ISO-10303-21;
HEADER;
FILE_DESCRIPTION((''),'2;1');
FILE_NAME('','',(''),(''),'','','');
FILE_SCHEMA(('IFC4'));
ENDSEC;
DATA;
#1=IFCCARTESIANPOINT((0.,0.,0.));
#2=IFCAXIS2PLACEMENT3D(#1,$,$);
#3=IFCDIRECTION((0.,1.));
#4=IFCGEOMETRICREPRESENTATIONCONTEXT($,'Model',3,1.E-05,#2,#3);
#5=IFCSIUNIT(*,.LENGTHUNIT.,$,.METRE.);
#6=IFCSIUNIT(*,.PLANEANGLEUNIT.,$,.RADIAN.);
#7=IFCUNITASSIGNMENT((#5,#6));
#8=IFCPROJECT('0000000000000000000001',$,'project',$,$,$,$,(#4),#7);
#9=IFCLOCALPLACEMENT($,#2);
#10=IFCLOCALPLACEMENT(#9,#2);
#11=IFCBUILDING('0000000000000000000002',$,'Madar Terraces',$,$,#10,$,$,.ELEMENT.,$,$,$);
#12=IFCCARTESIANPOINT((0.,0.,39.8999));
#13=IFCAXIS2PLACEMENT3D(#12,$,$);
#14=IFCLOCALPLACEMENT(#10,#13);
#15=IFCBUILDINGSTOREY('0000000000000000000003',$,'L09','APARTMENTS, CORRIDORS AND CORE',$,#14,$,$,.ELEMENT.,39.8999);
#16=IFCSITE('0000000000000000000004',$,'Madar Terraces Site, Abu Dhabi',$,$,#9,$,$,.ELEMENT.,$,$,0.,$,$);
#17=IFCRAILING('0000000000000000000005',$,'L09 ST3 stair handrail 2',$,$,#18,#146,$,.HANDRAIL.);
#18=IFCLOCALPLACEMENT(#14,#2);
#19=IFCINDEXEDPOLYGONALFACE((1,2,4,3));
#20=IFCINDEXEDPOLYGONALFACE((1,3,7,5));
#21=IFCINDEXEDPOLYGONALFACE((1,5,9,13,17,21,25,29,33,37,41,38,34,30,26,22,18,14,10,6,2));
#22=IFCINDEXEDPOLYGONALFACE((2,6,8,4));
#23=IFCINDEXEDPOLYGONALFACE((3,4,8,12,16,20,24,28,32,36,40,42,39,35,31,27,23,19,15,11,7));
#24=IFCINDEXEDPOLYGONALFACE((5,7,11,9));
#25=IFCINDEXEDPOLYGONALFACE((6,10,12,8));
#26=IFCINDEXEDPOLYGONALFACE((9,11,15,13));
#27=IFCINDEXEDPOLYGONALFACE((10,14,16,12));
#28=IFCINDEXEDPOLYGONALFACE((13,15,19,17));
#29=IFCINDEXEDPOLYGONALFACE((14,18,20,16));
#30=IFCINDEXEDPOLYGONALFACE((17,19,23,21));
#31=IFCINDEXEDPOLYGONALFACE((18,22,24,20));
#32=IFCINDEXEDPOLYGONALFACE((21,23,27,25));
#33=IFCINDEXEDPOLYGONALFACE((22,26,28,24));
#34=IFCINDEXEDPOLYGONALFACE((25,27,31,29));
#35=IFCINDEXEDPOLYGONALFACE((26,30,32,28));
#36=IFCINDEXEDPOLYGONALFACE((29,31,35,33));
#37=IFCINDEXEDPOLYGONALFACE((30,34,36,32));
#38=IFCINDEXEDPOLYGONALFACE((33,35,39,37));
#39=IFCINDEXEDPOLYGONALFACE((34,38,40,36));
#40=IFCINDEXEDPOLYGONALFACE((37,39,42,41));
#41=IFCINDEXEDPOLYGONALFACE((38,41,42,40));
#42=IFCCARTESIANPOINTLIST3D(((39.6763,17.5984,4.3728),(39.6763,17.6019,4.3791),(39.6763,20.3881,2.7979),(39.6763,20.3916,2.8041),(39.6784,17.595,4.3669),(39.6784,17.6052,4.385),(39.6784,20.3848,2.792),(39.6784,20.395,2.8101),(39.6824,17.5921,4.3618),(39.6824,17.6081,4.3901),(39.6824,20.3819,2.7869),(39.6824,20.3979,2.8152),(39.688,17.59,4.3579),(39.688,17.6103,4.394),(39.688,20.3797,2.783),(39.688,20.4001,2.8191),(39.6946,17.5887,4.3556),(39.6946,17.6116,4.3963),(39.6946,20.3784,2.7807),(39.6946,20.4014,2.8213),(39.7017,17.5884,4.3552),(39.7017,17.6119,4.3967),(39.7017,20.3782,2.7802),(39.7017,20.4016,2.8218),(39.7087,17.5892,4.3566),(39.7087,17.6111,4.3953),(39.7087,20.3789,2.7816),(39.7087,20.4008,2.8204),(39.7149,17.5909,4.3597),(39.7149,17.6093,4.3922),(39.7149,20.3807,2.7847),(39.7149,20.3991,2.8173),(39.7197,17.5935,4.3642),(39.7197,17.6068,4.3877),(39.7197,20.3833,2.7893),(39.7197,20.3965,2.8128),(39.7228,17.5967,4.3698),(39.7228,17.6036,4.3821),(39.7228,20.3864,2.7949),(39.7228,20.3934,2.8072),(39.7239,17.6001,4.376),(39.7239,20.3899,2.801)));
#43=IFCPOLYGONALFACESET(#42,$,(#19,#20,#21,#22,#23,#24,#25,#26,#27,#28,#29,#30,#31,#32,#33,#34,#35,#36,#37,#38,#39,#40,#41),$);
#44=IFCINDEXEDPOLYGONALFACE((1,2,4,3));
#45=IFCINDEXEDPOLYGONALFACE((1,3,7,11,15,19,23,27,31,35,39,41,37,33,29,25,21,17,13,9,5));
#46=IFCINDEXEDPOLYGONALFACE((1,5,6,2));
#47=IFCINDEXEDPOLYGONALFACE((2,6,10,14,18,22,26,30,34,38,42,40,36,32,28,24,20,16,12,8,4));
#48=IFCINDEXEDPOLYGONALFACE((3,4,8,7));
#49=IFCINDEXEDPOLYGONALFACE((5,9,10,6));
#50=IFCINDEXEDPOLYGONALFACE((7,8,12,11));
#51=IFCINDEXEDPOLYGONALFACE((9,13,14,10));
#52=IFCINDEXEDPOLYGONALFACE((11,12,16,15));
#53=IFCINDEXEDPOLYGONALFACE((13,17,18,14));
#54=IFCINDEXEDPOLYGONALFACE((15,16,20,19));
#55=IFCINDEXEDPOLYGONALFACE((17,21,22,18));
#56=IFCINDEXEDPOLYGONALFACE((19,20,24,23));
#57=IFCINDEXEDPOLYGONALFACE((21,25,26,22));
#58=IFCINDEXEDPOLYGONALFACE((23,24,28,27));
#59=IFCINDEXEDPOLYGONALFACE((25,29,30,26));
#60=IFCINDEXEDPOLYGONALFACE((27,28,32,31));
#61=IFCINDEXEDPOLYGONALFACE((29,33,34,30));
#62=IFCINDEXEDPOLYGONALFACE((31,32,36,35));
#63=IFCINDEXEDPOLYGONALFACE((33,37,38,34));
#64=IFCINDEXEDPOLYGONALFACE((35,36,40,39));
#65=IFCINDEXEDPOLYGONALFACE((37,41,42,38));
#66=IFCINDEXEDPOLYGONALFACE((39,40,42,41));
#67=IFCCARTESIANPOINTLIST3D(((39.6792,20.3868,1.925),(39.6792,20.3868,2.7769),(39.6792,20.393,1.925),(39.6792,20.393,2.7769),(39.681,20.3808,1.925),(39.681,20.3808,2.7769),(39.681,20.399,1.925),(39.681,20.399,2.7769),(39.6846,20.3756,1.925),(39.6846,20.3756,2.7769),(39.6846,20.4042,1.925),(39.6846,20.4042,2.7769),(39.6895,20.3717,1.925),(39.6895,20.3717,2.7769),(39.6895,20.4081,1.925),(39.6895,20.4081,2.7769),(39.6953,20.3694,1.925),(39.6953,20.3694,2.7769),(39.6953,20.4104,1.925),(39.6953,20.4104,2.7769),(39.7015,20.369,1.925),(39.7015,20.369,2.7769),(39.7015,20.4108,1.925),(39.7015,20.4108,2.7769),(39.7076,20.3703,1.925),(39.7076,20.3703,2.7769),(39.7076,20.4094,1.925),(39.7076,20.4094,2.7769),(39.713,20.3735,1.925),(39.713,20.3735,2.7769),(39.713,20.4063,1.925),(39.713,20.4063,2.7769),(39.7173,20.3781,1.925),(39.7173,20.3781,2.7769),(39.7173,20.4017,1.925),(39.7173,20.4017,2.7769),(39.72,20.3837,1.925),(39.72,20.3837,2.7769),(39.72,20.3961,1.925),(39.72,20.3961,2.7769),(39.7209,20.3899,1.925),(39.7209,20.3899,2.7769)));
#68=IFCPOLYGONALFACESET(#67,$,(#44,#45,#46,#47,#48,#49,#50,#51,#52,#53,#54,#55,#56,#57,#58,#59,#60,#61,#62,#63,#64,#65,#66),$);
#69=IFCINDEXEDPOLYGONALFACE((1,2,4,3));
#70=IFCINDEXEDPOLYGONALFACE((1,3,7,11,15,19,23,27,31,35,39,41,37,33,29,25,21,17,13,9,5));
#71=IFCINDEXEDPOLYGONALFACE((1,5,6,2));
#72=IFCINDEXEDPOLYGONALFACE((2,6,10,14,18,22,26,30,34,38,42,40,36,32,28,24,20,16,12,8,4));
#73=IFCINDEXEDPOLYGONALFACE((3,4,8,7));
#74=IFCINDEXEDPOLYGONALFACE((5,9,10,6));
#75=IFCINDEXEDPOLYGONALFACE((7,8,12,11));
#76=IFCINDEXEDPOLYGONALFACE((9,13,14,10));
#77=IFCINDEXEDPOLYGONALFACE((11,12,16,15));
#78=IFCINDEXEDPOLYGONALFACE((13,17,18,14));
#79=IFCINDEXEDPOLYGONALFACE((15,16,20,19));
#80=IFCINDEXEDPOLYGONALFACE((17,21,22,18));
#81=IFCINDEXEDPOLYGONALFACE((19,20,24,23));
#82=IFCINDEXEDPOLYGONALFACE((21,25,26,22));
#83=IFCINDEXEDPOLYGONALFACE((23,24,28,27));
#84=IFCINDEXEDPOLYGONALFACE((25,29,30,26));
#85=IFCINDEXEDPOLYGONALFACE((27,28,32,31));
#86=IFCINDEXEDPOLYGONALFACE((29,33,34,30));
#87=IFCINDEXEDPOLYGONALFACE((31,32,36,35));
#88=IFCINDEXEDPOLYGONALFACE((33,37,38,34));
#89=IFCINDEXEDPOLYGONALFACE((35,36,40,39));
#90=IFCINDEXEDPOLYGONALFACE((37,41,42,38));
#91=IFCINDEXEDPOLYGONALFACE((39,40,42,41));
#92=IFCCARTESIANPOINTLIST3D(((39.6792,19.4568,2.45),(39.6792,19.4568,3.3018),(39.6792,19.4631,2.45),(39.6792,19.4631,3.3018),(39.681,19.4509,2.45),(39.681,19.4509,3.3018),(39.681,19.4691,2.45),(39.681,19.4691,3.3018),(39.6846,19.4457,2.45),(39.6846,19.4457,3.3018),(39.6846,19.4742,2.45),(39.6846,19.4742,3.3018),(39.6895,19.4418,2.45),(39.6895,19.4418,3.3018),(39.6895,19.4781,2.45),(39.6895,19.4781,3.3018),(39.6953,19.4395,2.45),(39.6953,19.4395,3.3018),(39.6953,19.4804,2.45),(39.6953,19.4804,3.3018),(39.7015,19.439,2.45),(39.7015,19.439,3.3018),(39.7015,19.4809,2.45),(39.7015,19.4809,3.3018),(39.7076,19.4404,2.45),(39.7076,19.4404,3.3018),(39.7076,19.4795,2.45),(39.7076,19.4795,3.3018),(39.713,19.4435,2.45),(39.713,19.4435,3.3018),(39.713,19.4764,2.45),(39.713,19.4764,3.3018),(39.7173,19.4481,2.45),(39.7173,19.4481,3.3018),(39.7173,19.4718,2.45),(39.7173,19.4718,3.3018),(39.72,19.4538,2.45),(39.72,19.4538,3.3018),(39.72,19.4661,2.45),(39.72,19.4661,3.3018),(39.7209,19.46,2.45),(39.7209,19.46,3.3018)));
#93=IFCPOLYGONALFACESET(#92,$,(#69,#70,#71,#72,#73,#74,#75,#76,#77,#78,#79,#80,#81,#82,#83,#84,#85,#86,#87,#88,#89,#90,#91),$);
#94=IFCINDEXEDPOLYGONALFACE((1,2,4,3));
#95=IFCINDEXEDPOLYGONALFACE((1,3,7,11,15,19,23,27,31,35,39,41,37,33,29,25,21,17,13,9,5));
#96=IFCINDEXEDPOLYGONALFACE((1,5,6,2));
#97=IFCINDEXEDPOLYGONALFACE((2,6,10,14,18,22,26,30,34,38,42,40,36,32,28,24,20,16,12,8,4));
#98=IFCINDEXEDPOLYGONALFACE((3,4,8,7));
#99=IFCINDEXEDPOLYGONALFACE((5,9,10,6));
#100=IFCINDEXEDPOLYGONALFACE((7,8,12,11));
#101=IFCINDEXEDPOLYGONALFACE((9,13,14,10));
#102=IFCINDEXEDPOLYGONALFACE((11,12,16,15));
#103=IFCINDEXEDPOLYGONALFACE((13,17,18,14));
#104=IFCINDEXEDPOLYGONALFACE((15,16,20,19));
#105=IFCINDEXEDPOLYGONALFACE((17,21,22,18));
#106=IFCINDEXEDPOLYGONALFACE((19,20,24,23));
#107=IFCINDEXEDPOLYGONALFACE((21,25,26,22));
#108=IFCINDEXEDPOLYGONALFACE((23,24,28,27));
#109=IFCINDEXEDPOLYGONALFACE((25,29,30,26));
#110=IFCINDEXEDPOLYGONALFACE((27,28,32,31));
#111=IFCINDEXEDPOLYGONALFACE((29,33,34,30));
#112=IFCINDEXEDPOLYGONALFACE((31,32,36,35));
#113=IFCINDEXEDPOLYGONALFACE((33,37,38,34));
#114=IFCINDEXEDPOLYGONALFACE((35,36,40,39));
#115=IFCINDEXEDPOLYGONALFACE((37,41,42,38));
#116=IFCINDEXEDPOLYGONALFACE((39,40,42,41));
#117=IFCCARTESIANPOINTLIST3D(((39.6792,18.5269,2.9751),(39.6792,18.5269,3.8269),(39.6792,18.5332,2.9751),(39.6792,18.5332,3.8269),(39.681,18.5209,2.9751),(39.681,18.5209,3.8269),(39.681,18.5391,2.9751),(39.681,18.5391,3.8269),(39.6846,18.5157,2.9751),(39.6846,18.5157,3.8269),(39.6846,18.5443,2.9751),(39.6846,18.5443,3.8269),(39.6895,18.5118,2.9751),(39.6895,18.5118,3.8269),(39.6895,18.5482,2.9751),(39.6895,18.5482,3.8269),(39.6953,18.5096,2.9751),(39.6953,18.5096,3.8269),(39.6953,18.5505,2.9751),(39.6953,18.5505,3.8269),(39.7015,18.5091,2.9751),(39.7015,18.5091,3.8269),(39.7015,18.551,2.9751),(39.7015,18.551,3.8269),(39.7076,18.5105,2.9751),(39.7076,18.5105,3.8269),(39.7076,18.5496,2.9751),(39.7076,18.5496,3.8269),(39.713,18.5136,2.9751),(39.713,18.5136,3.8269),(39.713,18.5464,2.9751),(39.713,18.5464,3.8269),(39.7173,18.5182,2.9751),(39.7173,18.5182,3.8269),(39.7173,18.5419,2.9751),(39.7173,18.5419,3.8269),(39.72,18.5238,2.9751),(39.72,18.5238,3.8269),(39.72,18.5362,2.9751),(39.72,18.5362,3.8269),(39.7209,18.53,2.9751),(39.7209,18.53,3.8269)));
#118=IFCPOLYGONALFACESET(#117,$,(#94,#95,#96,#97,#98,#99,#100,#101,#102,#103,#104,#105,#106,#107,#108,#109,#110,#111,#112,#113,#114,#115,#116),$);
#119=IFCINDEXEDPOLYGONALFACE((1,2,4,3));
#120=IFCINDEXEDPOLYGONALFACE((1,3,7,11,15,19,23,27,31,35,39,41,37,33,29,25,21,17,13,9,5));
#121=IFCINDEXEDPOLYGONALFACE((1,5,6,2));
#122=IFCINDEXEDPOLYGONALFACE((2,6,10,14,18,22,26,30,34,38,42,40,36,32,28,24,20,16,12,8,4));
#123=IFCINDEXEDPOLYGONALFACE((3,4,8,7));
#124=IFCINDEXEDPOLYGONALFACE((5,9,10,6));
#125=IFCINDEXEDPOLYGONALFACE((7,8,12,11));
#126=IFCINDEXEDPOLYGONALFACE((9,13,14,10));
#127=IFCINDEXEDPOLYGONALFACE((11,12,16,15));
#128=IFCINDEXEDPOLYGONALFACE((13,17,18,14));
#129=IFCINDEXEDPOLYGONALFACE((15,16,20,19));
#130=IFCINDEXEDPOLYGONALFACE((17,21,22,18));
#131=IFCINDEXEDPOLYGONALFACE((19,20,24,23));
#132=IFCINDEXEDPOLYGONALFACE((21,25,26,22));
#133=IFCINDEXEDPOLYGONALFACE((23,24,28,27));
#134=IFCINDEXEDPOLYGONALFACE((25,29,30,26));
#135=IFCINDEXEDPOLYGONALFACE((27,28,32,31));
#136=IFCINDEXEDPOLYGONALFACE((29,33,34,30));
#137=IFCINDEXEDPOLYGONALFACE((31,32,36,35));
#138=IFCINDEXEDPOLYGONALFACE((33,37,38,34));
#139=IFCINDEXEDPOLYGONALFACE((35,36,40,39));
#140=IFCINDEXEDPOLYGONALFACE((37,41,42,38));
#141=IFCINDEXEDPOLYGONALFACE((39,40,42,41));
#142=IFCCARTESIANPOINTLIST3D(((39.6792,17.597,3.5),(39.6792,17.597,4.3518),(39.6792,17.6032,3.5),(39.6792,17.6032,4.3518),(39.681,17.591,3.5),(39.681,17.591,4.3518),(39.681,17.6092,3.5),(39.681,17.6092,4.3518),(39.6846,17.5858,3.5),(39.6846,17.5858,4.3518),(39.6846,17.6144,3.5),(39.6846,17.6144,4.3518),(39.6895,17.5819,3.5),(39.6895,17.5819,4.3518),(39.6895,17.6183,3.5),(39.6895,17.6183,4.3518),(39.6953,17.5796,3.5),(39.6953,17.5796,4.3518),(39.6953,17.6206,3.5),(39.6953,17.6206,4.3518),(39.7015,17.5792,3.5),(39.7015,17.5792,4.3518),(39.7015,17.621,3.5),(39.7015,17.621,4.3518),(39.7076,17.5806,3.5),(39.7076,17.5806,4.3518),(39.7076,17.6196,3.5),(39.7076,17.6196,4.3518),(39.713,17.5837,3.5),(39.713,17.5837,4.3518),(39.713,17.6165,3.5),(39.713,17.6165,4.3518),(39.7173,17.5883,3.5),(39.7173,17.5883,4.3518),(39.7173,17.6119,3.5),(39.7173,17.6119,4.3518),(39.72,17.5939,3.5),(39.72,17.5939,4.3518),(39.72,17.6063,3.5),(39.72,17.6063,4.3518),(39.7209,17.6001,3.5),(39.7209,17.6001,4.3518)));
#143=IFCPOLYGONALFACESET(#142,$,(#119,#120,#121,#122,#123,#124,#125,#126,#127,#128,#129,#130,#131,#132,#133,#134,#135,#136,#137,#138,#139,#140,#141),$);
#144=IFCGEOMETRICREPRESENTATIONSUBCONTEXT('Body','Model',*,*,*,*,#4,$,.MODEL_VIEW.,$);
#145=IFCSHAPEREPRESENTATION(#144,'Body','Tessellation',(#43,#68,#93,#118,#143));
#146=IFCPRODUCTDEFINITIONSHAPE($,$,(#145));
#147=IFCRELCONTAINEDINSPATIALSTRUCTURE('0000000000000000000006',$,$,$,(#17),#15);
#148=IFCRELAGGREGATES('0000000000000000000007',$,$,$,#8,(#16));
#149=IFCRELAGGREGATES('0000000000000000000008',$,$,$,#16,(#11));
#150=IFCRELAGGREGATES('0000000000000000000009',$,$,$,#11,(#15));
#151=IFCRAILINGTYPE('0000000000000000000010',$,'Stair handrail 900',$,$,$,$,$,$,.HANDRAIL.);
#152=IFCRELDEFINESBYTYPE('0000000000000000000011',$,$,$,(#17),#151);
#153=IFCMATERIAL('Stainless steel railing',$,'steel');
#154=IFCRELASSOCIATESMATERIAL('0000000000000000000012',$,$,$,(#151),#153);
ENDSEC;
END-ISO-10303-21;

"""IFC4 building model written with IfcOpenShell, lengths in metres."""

from ifc_helpers import new_model, si_unit, direction, frame, origin, origin_2d, place, context, subcontext, project, spatial, circle, extrude, material, type_object, element, save


model = new_model("IFC4")

# Units and contexts
model_context = context("Model", 3, precision=1e-05, world=origin(), true_north=direction((0.0, 1.0)))
body_context = subcontext(model_context, "Body", "Model", "MODEL_VIEW")
ifc_project = project(units=[si_unit("LENGTHUNIT", "METRE"), si_unit("PLANEANGLEUNIT", "RADIAN")], contexts=[model_context])

# Site, building, storey
site_placement = place(None, origin())
site = spatial("IfcSite", under=ifc_project, at=site_placement, Name="Madar Terraces Site, Abu Dhabi", CompositionType="ELEMENT", RefElevation=0.0)
building_placement = place(site_placement, origin())
building = spatial("IfcBuilding", under=site, at=building_placement, Name="Madar Terraces", CompositionType="ELEMENT")
storey_placement = place(building_placement, frame((0.0, 0.0, 39.8999)))
storey = spatial("IfcBuildingStorey", under=building, at=storey_placement, Name="L09", Description="APARTMENTS, CORRIDORS AND CORE", CompositionType="ELEMENT", Elevation=39.8999)

# Railing
ifc_material_1 = material(Name="Stainless steel railing", Category="steel")
railing_type_1 = type_object("IfcRailingType", Name="Stair handrail 900", PredefinedType="HANDRAIL", material=ifc_material_1)
railing_1_placement = place(storey_placement, frame((39.7, 20.3899, 1.925)))
element("IfcRailing", 1, at=railing_1_placement, inside=storey, type_object=railing_type_1, Name="L09 ST3 stair handrail 2", PredefinedType="HANDRAIL", context=body_context, shape_type="SweptSolid", body=[
    extrude(circle(Radius=0.0239, at=origin_2d()), frame((0.0, 0.0, 0.876), z_axis=(0.0, -0.870815, 0.49161), x_axis=(1.0, 0.0, 0.0)), (0.0, 0.0, 1.0), 3.2036),
    extrude(circle(Radius=0.021, at=origin_2d()), origin(), (0.0, 0.0, 1.0), 0.8518),
    extrude(circle(Radius=0.021, at=origin_2d()), frame((0.0, -0.9299, 0.5249)), (0.0, 0.0, 1.0), 0.8518),
    extrude(circle(Radius=0.021, at=origin_2d()), frame((0.0, -1.8599, 1.05)), (0.0, 0.0, 1.0), 0.8518),
    extrude(circle(Radius=0.021, at=origin_2d()), frame((0.0, -2.7898, 1.575)), (0.0, 0.0, 1.0), 0.8518),
])

save(model, "model.ifc")
